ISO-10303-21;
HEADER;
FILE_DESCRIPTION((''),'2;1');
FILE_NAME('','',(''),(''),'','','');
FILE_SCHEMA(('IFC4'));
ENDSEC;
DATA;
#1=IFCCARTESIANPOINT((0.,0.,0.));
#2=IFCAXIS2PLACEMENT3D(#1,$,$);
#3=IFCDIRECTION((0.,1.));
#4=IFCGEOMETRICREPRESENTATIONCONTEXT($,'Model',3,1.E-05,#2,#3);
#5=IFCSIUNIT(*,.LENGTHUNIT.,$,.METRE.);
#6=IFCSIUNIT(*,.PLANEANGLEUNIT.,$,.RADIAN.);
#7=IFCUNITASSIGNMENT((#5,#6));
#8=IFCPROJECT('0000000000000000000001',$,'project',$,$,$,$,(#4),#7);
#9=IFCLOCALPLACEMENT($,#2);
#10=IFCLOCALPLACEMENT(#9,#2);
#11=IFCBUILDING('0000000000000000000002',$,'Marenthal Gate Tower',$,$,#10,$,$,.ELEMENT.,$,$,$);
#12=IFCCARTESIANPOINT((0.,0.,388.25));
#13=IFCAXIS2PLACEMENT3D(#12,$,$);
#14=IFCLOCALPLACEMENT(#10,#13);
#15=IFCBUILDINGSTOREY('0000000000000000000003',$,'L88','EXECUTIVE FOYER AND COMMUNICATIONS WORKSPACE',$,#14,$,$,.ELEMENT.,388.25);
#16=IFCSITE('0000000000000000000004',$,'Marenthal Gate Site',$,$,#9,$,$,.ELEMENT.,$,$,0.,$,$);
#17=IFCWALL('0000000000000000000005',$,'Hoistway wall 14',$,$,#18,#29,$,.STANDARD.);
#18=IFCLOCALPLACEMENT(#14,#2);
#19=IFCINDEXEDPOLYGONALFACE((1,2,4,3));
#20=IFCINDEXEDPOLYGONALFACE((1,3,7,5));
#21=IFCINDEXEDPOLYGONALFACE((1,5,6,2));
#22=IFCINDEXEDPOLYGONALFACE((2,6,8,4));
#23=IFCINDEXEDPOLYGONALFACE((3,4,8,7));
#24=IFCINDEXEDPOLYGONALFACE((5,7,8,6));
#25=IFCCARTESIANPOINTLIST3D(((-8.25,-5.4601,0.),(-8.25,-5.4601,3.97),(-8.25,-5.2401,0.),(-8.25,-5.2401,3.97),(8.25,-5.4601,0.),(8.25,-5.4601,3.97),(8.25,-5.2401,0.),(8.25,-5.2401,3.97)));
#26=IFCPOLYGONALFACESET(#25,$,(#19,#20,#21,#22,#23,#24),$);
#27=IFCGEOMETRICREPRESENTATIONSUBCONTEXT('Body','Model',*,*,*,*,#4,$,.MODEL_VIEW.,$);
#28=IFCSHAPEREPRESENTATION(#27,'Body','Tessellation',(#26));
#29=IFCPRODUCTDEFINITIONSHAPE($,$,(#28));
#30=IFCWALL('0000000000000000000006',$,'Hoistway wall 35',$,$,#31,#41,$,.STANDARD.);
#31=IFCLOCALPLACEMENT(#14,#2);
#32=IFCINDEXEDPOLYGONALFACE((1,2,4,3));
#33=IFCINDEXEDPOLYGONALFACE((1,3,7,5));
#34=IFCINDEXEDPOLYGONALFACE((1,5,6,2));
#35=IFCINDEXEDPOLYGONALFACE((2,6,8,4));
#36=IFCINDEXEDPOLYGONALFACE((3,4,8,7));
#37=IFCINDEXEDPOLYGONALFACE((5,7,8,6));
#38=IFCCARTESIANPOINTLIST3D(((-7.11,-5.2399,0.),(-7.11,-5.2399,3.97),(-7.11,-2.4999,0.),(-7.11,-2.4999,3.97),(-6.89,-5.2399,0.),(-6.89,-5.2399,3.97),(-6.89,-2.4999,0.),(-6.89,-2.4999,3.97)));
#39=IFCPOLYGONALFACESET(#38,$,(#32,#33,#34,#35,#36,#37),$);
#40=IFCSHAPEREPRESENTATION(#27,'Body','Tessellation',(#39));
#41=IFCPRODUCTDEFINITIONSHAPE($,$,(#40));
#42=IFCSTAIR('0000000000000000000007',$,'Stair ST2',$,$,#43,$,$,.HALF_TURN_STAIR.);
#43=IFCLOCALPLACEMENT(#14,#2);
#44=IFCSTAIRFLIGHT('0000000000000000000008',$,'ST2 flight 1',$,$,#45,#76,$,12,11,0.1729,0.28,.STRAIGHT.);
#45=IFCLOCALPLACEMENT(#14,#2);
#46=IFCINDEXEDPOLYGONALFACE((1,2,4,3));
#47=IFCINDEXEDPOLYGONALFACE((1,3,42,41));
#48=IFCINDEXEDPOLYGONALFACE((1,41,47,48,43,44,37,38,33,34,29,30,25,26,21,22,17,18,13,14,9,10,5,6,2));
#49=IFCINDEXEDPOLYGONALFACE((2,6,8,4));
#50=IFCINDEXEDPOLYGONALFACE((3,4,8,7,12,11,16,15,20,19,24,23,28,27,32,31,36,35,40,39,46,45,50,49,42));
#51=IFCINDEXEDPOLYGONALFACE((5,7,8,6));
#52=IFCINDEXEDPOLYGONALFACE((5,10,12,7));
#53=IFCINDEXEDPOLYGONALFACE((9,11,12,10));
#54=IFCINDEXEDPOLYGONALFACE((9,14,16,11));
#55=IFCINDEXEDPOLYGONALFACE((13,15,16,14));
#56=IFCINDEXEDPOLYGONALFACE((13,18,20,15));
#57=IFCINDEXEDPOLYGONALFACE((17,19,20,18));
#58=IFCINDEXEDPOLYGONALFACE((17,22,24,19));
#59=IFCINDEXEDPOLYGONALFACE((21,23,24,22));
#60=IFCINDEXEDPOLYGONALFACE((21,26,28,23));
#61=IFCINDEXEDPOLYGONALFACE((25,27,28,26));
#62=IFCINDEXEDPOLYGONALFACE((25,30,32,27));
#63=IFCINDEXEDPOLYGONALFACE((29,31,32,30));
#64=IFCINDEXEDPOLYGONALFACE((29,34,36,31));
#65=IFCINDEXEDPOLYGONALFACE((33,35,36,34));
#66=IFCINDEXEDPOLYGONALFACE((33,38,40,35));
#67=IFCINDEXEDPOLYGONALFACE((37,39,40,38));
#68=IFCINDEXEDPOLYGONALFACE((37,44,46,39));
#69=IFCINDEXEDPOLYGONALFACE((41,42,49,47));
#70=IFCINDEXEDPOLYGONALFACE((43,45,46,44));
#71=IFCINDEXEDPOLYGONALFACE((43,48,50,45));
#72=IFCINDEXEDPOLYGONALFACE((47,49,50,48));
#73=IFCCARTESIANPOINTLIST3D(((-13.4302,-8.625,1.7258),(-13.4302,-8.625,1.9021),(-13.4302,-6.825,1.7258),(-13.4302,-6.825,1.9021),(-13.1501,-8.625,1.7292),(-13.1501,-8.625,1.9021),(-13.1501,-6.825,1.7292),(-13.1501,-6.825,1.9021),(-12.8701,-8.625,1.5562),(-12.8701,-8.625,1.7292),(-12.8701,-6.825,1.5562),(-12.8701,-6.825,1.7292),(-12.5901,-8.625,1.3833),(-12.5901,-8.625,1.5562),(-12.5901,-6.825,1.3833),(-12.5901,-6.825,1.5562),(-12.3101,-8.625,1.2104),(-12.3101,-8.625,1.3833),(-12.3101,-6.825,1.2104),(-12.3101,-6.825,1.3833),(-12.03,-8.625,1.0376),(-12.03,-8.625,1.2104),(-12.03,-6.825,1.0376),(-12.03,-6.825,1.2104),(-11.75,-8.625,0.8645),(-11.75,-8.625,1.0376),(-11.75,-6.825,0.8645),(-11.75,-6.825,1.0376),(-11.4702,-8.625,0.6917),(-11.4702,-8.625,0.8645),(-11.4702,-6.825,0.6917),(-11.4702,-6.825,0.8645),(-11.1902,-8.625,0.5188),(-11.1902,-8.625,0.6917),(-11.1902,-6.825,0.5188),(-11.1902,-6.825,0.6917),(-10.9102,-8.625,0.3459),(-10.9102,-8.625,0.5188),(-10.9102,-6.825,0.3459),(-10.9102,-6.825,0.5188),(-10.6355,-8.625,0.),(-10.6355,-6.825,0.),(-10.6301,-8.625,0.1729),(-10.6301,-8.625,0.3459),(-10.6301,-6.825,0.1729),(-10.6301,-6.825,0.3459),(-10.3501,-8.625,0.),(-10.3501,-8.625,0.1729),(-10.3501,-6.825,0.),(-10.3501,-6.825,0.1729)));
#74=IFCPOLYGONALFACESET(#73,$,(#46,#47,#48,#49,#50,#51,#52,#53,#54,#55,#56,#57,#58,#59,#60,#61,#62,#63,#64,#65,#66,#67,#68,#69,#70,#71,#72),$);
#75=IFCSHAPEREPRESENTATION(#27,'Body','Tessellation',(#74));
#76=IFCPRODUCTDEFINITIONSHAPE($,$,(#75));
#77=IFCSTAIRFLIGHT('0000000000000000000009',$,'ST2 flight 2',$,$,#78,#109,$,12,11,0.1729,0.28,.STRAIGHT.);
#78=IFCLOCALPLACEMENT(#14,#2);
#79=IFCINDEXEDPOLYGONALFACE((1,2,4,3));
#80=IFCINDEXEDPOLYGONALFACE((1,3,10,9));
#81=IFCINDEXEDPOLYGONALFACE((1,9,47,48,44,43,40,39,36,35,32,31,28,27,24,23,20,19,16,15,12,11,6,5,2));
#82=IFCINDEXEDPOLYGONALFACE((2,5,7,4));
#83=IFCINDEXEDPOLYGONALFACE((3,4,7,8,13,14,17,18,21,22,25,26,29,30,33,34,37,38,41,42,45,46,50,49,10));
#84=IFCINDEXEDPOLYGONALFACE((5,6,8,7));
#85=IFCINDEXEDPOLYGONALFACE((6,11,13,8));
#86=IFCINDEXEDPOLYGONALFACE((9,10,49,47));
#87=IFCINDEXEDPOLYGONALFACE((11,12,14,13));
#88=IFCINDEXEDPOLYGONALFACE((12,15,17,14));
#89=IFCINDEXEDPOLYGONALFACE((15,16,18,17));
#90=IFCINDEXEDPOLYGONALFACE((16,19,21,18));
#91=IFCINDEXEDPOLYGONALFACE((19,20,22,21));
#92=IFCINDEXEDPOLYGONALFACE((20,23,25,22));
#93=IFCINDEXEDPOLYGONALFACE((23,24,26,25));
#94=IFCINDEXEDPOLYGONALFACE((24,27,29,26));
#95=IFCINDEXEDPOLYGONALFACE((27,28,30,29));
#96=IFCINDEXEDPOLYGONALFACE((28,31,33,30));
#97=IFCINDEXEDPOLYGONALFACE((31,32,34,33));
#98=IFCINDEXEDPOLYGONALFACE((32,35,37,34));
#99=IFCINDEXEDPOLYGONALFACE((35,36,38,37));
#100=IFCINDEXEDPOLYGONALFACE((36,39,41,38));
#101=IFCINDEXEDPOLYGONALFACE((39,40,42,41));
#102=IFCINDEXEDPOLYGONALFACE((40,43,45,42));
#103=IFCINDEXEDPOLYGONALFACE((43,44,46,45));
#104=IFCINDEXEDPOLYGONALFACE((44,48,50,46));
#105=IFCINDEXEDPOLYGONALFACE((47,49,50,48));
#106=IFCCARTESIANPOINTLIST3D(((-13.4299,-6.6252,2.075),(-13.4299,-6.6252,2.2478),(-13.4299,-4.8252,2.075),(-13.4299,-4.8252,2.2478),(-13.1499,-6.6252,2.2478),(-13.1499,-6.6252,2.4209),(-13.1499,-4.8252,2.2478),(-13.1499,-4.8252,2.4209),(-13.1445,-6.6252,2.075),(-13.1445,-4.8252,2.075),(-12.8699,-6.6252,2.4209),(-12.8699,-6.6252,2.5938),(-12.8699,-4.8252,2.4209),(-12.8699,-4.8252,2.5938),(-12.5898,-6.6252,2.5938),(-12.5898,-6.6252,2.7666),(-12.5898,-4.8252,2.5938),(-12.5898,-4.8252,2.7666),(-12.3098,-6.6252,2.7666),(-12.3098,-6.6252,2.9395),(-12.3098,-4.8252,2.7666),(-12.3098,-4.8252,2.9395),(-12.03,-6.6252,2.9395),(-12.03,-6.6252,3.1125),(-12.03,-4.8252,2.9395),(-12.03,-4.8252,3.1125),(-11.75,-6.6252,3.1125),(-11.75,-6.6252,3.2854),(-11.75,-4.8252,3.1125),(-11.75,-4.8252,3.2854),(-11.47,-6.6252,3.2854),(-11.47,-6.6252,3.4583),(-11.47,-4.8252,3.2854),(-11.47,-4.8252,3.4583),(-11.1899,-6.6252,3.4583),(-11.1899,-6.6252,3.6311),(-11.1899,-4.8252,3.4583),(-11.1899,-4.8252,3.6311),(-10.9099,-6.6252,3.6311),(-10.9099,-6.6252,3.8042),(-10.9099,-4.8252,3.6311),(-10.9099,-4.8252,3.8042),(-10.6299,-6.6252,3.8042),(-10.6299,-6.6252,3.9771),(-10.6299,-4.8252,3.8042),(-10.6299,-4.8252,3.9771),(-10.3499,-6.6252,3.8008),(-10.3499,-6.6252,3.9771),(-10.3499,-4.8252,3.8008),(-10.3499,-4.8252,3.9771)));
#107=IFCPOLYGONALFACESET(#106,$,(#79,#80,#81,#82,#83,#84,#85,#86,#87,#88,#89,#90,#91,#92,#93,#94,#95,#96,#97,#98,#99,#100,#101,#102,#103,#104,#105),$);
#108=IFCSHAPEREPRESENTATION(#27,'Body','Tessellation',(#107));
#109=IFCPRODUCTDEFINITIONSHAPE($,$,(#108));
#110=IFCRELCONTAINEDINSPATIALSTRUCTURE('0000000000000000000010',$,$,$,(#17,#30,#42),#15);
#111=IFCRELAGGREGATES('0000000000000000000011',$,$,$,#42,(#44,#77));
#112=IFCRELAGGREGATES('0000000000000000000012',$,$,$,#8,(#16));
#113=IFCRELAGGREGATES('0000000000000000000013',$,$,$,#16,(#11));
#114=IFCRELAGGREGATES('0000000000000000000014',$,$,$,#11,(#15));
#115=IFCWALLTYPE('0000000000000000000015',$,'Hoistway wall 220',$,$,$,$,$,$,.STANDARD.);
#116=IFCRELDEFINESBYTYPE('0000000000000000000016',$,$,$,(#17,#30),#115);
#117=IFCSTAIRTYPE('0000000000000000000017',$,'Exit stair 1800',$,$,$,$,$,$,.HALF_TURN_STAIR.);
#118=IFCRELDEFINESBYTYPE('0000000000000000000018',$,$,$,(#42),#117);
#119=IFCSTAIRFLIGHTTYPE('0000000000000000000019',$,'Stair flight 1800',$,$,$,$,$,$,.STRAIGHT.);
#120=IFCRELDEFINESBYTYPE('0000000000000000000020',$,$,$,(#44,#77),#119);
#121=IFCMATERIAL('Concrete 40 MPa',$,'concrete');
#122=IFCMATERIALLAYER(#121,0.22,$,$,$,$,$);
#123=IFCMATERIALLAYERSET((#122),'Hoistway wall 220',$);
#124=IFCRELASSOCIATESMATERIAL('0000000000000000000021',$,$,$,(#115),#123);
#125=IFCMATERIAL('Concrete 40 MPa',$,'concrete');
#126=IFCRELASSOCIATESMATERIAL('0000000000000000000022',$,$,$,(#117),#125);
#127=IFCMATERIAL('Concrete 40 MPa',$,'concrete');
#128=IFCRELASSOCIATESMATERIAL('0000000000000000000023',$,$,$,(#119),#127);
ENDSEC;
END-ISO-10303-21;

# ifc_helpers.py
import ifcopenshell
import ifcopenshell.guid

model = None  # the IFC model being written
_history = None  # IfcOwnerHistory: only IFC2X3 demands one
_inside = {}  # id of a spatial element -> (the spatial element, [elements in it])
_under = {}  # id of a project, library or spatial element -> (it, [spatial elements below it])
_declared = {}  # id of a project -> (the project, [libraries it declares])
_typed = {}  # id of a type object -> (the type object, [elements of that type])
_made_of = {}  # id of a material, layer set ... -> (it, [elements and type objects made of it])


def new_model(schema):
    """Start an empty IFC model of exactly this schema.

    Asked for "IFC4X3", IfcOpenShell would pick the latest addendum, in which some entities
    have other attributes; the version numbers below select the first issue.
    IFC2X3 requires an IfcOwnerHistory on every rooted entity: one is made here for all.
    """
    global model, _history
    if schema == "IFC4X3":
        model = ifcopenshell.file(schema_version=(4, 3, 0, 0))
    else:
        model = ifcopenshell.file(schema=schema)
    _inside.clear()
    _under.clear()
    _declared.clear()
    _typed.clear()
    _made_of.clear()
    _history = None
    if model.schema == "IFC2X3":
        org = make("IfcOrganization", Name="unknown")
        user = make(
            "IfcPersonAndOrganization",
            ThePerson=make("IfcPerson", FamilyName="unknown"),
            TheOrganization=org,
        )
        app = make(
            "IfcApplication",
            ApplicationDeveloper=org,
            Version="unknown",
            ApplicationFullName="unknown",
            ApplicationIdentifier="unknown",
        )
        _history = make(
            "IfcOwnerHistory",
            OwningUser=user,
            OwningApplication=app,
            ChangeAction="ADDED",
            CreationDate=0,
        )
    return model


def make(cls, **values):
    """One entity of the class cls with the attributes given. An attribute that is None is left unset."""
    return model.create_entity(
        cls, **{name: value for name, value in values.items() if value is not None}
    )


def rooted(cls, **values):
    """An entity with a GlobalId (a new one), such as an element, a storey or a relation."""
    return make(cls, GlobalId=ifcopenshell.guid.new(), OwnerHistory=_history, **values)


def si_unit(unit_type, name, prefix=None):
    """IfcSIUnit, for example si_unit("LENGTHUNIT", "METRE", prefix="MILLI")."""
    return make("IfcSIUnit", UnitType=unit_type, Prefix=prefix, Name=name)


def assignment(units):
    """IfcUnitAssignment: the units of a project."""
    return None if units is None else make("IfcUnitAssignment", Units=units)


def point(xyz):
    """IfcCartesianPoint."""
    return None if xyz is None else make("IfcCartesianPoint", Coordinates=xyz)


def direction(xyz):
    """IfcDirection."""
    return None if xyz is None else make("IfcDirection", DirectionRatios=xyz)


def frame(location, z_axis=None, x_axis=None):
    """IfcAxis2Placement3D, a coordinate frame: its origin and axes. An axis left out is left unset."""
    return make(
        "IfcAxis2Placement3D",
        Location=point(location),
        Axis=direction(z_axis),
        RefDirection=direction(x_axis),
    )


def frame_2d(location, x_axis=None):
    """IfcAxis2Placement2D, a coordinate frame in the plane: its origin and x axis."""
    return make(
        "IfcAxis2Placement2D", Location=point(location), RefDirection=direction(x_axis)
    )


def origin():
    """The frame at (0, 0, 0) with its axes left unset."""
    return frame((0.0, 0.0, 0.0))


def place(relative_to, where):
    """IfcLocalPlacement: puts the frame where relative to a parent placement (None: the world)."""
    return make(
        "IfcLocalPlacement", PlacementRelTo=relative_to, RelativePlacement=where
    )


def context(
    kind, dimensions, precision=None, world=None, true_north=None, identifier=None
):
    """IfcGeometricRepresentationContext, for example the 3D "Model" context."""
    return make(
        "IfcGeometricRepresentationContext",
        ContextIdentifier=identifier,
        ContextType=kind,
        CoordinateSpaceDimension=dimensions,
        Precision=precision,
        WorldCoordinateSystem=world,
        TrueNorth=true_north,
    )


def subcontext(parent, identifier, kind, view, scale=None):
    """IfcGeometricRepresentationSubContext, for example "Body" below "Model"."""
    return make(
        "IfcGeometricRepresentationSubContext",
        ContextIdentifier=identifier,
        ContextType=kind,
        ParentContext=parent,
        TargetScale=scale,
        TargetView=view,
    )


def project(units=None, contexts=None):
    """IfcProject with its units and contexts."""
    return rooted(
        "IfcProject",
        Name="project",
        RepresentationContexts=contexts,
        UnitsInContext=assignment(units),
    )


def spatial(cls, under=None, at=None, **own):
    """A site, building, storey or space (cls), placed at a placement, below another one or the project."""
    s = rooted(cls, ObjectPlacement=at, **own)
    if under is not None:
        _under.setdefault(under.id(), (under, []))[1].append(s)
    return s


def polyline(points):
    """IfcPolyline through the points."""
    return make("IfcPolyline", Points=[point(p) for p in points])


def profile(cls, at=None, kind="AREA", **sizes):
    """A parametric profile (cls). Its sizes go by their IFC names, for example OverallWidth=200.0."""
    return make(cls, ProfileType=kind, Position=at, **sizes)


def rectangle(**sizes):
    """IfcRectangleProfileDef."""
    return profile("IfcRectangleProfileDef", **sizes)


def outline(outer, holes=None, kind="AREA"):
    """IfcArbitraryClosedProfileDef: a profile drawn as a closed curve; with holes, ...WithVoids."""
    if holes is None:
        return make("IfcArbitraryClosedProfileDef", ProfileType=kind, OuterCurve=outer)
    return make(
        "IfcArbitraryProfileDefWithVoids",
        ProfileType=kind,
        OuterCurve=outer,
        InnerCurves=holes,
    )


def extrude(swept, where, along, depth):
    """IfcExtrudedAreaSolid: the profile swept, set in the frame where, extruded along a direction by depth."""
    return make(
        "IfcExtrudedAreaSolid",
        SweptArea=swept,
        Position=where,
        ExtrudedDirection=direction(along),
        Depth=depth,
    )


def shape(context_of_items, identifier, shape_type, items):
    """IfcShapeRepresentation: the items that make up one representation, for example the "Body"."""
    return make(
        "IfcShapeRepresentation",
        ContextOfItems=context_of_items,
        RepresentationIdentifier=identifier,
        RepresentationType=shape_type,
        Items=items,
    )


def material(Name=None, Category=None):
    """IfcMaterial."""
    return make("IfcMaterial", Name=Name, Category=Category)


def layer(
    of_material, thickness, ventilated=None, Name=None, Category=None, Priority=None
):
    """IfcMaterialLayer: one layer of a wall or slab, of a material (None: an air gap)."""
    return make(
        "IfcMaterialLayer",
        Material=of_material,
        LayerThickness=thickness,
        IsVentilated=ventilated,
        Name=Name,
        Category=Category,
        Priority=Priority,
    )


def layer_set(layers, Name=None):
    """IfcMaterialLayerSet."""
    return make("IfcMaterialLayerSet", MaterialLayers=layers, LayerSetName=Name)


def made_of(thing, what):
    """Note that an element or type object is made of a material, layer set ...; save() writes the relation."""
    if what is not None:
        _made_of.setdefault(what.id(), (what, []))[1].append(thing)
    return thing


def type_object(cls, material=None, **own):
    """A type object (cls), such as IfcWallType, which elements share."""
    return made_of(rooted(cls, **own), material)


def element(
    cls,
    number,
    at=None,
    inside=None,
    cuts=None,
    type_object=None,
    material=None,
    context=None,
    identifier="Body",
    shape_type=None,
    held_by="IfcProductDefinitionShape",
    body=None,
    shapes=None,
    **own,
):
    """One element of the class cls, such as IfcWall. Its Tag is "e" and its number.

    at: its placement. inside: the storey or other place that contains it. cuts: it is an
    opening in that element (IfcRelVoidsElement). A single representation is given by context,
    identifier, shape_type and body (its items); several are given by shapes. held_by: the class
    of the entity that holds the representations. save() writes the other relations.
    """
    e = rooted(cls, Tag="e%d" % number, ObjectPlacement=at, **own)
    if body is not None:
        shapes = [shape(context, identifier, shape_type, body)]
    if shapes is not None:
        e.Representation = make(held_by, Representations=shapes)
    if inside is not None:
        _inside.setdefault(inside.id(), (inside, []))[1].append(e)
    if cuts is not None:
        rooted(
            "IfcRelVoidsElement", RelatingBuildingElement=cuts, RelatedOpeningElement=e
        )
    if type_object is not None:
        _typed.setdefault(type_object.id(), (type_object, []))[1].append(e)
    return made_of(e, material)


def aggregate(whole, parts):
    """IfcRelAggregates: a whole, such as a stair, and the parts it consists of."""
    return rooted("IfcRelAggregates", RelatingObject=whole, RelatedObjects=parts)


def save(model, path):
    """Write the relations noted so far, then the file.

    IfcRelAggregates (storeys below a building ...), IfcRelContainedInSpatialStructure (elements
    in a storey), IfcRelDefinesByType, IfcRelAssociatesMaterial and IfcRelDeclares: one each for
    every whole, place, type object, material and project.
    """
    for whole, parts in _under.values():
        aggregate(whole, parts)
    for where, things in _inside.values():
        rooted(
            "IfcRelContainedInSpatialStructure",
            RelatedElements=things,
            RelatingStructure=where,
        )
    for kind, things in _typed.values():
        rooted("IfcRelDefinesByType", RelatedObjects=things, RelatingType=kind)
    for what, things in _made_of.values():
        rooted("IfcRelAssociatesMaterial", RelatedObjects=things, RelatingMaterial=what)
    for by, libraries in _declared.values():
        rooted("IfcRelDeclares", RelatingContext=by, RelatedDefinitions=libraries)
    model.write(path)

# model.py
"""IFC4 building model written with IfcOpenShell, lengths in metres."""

from ifc_helpers import new_model, si_unit, direction, frame, frame_2d, origin, place, context, subcontext, project, spatial, polyline, rectangle, outline, extrude, material, layer, layer_set, type_object, element, aggregate, save


model = new_model("IFC4")

# Units and contexts
model_context = context("Model", 3, precision=1e-05, world=origin(), true_north=direction((0.0, 1.0)))
body_context = subcontext(model_context, "Body", "Model", "MODEL_VIEW")
ifc_project = project(units=[si_unit("LENGTHUNIT", "METRE"), si_unit("PLANEANGLEUNIT", "RADIAN")], contexts=[model_context])

# Site, building, storey
site_placement = place(None, origin())
site = spatial("IfcSite", under=ifc_project, at=site_placement, Name="Marenthal Gate Site", CompositionType="ELEMENT", RefElevation=0.0)
building_placement = place(site_placement, origin())
building = spatial("IfcBuilding", under=site, at=building_placement, Name="Marenthal Gate Tower", CompositionType="ELEMENT")
storey_placement = place(building_placement, frame((0.0, 0.0, 388.25)))
storey = spatial("IfcBuildingStorey", under=building, at=storey_placement, Name="L88", Description="EXECUTIVE FOYER AND COMMUNICATIONS WORKSPACE", CompositionType="ELEMENT", Elevation=388.25)

# Shared definitions
ifc_material_1 = material(Name="Concrete 40 MPa", Category="concrete")
ifc_layer_1 = layer(ifc_material_1, 0.22)
ifc_layer_set_1 = layer_set([ifc_layer_1], Name="Hoistway wall 220")
wall_type_1 = type_object("IfcWallType", Name="Hoistway wall 220", PredefinedType="STANDARD", material=ifc_layer_set_1)

# Walls
wall_1_placement = place(storey_placement, frame((-8.25, -5.3501, 0.0), z_axis=(0.0, 0.0, 1.0), x_axis=(1.0, 0.0, 0.0)))
element("IfcWall", 1, at=wall_1_placement, inside=storey, type_object=wall_type_1, Name="Hoistway wall 14", PredefinedType="STANDARD", context=body_context, shape_type="SweptSolid", body=[
    extrude(rectangle(XDim=16.5, YDim=0.22, at=frame_2d((8.25, 0.0))), origin(), (0.0, 0.0, 1.0), 3.97),
])
wall_2_placement = place(storey_placement, frame((-7.0, -5.24, 0.0), z_axis=(0.0, 0.0, 1.0), x_axis=(0.0, 1.0, 0.0)))
element("IfcWall", 2, at=wall_2_placement, inside=storey, type_object=wall_type_1, Name="Hoistway wall 35", PredefinedType="STANDARD", context=body_context, shape_type="SweptSolid", body=[
    extrude(rectangle(XDim=2.74, YDim=0.22, at=frame_2d((1.3701, 0.0))), origin(), (0.0, 0.0, 1.0), 3.97),
])

# Stair, stair flights
ifc_material_2 = material(Name="Concrete 40 MPa", Category="concrete")
stair_type = type_object("IfcStairType", Name="Exit stair 1800", PredefinedType="HALF_TURN_STAIR", material=ifc_material_2)
stair_placement = place(storey_placement, origin())
stair = element("IfcStair", 3, at=stair_placement, inside=storey, type_object=stair_type, Name="Stair ST2", PredefinedType="HALF_TURN_STAIR")
ifc_material_3 = material(Name="Concrete 40 MPa", Category="concrete")
stair_flight_type = type_object("IfcStairFlightType", Name="Stair flight 1800", PredefinedType="STRAIGHT", material=ifc_material_3)
stair_flight_1_placement = place(storey_placement, frame((-10.3501, -7.7251, 0.0), z_axis=(0.0, 0.0, 1.0), x_axis=(-1.0, 0.0, 0.0)))
stair_flight_1 = element("IfcStairFlight", 4, at=stair_flight_1_placement, type_object=stair_flight_type, Name="ST2 flight 1", NumberOfRisers=12, NumberOfTreads=11, PredefinedType="STRAIGHT", RiserHeight=0.1729, TreadLength=0.28, context=body_context, shape_type="SweptSolid", body=[
    extrude(outline(polyline([(0.0, 0.0), (0.0, 0.1729), (0.28, 0.1729), (0.28, 0.3459), (0.5601, 0.3459), (0.5601, 0.5188), (0.8401, 0.5188), (0.8401, 0.6917), (1.1201, 0.6917), (1.1201, 0.8645), (1.3999, 0.8645), (1.3999, 1.0376), (1.6799, 1.0376), (1.6799, 1.2104), (1.96, 1.2104), (1.96, 1.3833), (2.24, 1.3833), (2.24, 1.5562), (2.52, 1.5562), (2.52, 1.7292), (2.8, 1.7292), (2.8, 1.9021), (3.0801, 1.9021), (3.0801, 2.075), (3.0801, 1.7258), (0.2854, 0.0), (0.0, 0.0)])), frame((0.0, 0.8999, 0.0), z_axis=(0.0, -1.0, 0.0), x_axis=(1.0, 0.0, 0.0)), (0.0, 0.0, 1.0), 1.8),
])
stair_flight_2_placement = place(storey_placement, frame((-13.4299, -5.7251, 2.075), z_axis=(0.0, 0.0, 1.0), x_axis=(1.0, 0.0, 0.0)))
stair_flight_2 = element("IfcStairFlight", 5, at=stair_flight_2_placement, type_object=stair_flight_type, Name="ST2 flight 2", NumberOfRisers=12, NumberOfTreads=11, PredefinedType="STRAIGHT", RiserHeight=0.1729, TreadLength=0.28, context=body_context, shape_type="SweptSolid", body=[
    extrude(outline(polyline([(0.0, 0.0), (0.0, 0.1729), (0.28, 0.1729), (0.28, 0.3459), (0.5601, 0.3459), (0.5601, 0.5188), (0.8401, 0.5188), (0.8401, 0.6917), (1.1201, 0.6917), (1.1201, 0.8645), (1.3999, 0.8645), (1.3999, 1.0376), (1.6799, 1.0376), (1.6799, 1.2104), (1.96, 1.2104), (1.96, 1.3833), (2.24, 1.3833), (2.24, 1.5562), (2.52, 1.5562), (2.52, 1.7292), (2.8, 1.7292), (2.8, 1.9021), (3.0801, 1.9021), (3.0801, 2.075), (3.0801, 1.7258), (0.2854, 0.0), (0.0, 0.0)])), frame((0.0, 0.8999, 0.0), z_axis=(0.0, -1.0, 0.0), x_axis=(1.0, 0.0, 0.0)), (0.0, 0.0, 1.0), 1.8),
])
aggregate(stair, [stair_flight_1, stair_flight_2])

save(model, "model.ifc")
